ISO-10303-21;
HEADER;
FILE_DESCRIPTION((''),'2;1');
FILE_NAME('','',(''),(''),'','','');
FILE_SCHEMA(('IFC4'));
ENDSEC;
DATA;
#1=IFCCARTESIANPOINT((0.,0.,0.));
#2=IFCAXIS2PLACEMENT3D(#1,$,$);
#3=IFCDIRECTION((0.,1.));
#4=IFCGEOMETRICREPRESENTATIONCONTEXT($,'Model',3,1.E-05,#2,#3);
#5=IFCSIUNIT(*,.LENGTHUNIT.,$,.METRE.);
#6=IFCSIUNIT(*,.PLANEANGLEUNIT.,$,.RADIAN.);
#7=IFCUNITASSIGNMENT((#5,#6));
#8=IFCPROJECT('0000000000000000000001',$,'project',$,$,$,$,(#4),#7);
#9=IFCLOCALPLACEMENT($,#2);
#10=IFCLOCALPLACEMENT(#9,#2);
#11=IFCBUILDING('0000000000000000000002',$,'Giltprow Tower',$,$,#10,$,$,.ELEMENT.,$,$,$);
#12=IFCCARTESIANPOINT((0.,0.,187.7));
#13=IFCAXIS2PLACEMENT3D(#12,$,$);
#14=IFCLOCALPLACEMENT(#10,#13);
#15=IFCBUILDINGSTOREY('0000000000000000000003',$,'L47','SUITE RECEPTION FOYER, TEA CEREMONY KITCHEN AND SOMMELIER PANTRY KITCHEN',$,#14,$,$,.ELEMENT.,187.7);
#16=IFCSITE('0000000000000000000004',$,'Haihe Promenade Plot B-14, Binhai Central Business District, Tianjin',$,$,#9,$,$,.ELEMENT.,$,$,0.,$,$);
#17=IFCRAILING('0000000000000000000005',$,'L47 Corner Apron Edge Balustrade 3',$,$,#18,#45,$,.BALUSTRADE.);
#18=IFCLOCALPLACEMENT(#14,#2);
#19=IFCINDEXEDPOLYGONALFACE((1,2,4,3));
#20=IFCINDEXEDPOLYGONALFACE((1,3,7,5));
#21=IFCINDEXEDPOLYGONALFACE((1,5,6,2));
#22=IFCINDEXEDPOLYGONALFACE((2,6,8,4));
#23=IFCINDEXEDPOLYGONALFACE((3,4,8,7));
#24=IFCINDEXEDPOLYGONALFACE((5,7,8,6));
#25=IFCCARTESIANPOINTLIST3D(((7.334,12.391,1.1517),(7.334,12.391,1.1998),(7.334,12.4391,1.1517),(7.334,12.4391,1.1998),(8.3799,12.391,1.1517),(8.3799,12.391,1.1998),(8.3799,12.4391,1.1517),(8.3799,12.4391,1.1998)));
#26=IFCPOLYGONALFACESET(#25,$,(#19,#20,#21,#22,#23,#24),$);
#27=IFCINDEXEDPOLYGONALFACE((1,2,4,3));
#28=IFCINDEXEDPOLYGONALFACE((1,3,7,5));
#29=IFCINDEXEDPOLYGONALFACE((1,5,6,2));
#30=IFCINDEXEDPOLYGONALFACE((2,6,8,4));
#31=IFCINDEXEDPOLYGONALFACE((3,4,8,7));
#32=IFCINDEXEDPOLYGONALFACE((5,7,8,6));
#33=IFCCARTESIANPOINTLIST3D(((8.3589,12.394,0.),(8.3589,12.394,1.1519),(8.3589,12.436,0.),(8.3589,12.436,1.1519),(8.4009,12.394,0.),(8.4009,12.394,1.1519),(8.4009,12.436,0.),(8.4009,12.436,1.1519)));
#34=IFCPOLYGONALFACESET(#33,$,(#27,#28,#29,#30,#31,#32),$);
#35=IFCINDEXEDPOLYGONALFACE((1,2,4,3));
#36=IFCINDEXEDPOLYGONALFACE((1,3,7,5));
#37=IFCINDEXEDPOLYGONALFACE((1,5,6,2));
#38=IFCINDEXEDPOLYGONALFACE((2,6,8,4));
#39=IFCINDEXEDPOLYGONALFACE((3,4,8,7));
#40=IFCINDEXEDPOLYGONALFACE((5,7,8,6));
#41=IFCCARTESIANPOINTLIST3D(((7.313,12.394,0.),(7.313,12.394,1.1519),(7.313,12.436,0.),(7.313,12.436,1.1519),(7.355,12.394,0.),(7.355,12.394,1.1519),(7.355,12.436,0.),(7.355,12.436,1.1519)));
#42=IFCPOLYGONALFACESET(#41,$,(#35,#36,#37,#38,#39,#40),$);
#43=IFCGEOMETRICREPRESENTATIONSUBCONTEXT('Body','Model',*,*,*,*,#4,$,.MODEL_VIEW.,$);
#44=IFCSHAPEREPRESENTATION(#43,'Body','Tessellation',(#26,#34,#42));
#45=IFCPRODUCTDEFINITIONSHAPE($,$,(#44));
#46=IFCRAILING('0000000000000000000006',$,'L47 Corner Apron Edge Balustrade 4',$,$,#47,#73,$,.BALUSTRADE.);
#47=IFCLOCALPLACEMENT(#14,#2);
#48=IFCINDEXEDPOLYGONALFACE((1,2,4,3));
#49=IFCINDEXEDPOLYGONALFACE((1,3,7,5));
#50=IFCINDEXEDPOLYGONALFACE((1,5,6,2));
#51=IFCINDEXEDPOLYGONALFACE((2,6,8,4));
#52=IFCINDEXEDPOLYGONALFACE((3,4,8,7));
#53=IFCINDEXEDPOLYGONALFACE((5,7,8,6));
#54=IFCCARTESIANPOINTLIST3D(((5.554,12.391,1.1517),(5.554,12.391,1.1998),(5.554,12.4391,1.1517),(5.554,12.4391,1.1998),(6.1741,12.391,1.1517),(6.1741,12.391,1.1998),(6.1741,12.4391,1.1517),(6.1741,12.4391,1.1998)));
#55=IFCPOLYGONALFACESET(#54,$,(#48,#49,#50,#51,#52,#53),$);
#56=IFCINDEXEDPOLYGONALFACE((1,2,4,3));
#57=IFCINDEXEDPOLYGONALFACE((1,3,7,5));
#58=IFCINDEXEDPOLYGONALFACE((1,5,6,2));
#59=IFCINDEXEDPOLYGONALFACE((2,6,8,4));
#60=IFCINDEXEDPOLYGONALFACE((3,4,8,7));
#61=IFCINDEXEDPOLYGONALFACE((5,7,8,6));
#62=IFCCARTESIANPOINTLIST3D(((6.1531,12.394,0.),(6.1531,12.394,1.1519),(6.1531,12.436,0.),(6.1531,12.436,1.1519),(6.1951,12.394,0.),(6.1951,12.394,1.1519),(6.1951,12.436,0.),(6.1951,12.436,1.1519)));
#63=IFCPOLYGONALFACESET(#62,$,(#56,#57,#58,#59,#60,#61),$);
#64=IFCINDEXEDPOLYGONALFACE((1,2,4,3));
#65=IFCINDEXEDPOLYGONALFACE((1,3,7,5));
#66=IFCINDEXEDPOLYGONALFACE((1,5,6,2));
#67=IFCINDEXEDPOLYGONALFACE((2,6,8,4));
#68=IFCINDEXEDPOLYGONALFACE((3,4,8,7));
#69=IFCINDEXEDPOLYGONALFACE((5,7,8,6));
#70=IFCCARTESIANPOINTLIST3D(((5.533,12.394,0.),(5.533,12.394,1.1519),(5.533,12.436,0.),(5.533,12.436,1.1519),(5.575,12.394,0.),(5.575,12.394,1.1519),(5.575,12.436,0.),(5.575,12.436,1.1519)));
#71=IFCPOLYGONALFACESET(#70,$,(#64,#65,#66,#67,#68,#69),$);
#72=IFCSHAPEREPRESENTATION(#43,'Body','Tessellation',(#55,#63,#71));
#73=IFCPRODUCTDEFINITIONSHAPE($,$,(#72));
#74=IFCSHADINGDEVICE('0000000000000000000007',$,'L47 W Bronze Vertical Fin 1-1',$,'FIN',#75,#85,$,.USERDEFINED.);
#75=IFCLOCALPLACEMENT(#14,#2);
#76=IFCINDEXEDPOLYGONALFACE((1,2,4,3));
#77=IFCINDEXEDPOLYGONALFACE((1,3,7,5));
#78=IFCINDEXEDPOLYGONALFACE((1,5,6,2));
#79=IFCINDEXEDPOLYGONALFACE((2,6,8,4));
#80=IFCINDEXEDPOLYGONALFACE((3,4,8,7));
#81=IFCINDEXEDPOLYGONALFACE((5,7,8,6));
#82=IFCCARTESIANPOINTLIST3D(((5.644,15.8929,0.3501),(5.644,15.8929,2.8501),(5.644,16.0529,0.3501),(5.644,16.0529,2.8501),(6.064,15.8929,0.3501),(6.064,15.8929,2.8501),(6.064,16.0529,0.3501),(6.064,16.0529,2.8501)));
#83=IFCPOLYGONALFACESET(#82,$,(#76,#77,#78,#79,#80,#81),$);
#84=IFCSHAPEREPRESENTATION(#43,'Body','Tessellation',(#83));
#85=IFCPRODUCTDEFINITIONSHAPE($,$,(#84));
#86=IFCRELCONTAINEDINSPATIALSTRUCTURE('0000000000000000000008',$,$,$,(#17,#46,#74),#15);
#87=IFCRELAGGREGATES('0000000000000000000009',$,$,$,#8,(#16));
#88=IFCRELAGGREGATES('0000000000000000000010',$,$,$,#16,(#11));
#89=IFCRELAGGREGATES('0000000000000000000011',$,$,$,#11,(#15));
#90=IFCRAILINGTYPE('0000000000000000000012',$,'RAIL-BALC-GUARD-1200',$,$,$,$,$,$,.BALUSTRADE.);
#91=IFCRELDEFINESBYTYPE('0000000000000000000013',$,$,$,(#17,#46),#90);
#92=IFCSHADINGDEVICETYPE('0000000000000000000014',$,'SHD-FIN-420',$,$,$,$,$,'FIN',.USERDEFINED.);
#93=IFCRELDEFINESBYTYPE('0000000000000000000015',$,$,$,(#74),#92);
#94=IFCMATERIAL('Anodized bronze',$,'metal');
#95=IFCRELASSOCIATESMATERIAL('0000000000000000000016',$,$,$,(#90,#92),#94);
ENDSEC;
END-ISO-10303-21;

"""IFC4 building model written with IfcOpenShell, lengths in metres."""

from ifc_helpers import new_model, si_unit, direction, frame, origin, origin_2d, place, context, subcontext, project, spatial, rectangle, extrude, source, transform, mapped, material, type_object, element, save


model = new_model("IFC4")

# Units and contexts
model_context = context("Model", 3, precision=1e-05, world=origin(), true_north=direction((0.0, 1.0)))
body_context = subcontext(model_context, "Body", "Model", "MODEL_VIEW")
ifc_project = project(units=[si_unit("LENGTHUNIT", "METRE"), si_unit("PLANEANGLEUNIT", "RADIAN")], contexts=[model_context])

# Site, building, storey
site_placement = place(None, origin())
site = spatial("IfcSite", under=ifc_project, at=site_placement, Name="Haihe Promenade Plot B-14, Binhai Central Business District, Tianjin", CompositionType="ELEMENT", RefElevation=0.0)
building_placement = place(site_placement, origin())
building = spatial("IfcBuilding", under=site, at=building_placement, Name="Giltprow Tower", CompositionType="ELEMENT")
storey_placement = place(building_placement, frame((0.0, 0.0, 187.7)))
storey = spatial("IfcBuildingStorey", under=building, at=storey_placement, Name="L47", Description="SUITE RECEPTION FOYER, TEA CEREMONY KITCHEN AND SOMMELIER PANTRY KITCHEN", CompositionType="ELEMENT", Elevation=187.7)

# Shared definitions
ifc_material_1 = material(Name="Anodized bronze", Category="metal")

# Railings
railing_type = type_object("IfcRailingType", Name="RAIL-BALC-GUARD-1200", PredefinedType="BALUSTRADE", material=ifc_material_1)
railing_1_placement = place(storey_placement, frame((8.3799, 12.415, 0.0)))
element("IfcRailing", 1, at=railing_1_placement, inside=storey, type_object=railing_type, Name="L47 Corner Apron Edge Balustrade 3", PredefinedType="BALUSTRADE", context=body_context, shape_type="SweptSolid", body=[
    extrude(rectangle(XDim=0.0481, YDim=0.0481, at=origin_2d()), frame((0.0, 0.0, 1.1758), z_axis=(-1.0, 0.0, 0.0), x_axis=(0.0, -1.0, 0.0)), (0.0, 0.0, 1.0), 1.0459),
    extrude(rectangle(XDim=0.042, YDim=0.042, at=origin_2d()), origin(), (0.0, 0.0, 1.0), 1.1519),
    extrude(rectangle(XDim=0.042, YDim=0.042, at=origin_2d()), frame((-1.0459, 0.0, 0.0)), (0.0, 0.0, 1.0), 1.1519),
])
railing_2_placement = place(storey_placement, frame((6.1741, 12.415, 0.0)))
element("IfcRailing", 2, at=railing_2_placement, inside=storey, type_object=railing_type, Name="L47 Corner Apron Edge Balustrade 4", PredefinedType="BALUSTRADE", context=body_context, shape_type="SweptSolid", body=[
    extrude(rectangle(XDim=0.0481, YDim=0.0481, at=origin_2d()), frame((0.0, 0.0, 1.1758), z_axis=(-1.0, 0.0, 0.0), x_axis=(0.0, -1.0, 0.0)), (0.0, 0.0, 1.0), 0.6201),
    extrude(rectangle(XDim=0.042, YDim=0.042, at=origin_2d()), origin(), (0.0, 0.0, 1.0), 1.1519),
    extrude(rectangle(XDim=0.042, YDim=0.042, at=origin_2d()), frame((-0.6201, 0.0, 0.0)), (0.0, 0.0, 1.0), 1.1519),
])

# Shading device
shading_device_type = type_object("IfcShadingDeviceType", Name="SHD-FIN-420", ElementType="FIN", PredefinedType="USERDEFINED", material=ifc_material_1)
shared_shape_1 = source(origin(), body_context, "Body", "SweptSolid", [
    extrude(rectangle(XDim=0.4199, YDim=0.1599, at=origin_2d()), origin(), (0.0, 0.0, 1.0), 2.5),
])
shading_device_placement = place(storey_placement, frame((5.854, 15.9729, 0.3501), z_axis=(0.0, 0.0, 1.0), x_axis=(1.0, 0.0, 0.0)))
element("IfcShadingDevice", 3, at=shading_device_placement, inside=storey, type_object=shading_device_type, Name="L47 W Bronze Vertical Fin 1-1", ObjectType="FIN", PredefinedType="USERDEFINED", context=body_context, shape_type="MappedRepresentation", body=[
    mapped(shared_shape_1, transform((0.0, 0.0, 0.0), x_axis=(1.0, 0.0, 0.0), y_axis=(0.0, 1.0, 0.0), z_axis=(0.0, 0.0, 1.0), scale=1.0)),
])

save(model, "model.ifc")
